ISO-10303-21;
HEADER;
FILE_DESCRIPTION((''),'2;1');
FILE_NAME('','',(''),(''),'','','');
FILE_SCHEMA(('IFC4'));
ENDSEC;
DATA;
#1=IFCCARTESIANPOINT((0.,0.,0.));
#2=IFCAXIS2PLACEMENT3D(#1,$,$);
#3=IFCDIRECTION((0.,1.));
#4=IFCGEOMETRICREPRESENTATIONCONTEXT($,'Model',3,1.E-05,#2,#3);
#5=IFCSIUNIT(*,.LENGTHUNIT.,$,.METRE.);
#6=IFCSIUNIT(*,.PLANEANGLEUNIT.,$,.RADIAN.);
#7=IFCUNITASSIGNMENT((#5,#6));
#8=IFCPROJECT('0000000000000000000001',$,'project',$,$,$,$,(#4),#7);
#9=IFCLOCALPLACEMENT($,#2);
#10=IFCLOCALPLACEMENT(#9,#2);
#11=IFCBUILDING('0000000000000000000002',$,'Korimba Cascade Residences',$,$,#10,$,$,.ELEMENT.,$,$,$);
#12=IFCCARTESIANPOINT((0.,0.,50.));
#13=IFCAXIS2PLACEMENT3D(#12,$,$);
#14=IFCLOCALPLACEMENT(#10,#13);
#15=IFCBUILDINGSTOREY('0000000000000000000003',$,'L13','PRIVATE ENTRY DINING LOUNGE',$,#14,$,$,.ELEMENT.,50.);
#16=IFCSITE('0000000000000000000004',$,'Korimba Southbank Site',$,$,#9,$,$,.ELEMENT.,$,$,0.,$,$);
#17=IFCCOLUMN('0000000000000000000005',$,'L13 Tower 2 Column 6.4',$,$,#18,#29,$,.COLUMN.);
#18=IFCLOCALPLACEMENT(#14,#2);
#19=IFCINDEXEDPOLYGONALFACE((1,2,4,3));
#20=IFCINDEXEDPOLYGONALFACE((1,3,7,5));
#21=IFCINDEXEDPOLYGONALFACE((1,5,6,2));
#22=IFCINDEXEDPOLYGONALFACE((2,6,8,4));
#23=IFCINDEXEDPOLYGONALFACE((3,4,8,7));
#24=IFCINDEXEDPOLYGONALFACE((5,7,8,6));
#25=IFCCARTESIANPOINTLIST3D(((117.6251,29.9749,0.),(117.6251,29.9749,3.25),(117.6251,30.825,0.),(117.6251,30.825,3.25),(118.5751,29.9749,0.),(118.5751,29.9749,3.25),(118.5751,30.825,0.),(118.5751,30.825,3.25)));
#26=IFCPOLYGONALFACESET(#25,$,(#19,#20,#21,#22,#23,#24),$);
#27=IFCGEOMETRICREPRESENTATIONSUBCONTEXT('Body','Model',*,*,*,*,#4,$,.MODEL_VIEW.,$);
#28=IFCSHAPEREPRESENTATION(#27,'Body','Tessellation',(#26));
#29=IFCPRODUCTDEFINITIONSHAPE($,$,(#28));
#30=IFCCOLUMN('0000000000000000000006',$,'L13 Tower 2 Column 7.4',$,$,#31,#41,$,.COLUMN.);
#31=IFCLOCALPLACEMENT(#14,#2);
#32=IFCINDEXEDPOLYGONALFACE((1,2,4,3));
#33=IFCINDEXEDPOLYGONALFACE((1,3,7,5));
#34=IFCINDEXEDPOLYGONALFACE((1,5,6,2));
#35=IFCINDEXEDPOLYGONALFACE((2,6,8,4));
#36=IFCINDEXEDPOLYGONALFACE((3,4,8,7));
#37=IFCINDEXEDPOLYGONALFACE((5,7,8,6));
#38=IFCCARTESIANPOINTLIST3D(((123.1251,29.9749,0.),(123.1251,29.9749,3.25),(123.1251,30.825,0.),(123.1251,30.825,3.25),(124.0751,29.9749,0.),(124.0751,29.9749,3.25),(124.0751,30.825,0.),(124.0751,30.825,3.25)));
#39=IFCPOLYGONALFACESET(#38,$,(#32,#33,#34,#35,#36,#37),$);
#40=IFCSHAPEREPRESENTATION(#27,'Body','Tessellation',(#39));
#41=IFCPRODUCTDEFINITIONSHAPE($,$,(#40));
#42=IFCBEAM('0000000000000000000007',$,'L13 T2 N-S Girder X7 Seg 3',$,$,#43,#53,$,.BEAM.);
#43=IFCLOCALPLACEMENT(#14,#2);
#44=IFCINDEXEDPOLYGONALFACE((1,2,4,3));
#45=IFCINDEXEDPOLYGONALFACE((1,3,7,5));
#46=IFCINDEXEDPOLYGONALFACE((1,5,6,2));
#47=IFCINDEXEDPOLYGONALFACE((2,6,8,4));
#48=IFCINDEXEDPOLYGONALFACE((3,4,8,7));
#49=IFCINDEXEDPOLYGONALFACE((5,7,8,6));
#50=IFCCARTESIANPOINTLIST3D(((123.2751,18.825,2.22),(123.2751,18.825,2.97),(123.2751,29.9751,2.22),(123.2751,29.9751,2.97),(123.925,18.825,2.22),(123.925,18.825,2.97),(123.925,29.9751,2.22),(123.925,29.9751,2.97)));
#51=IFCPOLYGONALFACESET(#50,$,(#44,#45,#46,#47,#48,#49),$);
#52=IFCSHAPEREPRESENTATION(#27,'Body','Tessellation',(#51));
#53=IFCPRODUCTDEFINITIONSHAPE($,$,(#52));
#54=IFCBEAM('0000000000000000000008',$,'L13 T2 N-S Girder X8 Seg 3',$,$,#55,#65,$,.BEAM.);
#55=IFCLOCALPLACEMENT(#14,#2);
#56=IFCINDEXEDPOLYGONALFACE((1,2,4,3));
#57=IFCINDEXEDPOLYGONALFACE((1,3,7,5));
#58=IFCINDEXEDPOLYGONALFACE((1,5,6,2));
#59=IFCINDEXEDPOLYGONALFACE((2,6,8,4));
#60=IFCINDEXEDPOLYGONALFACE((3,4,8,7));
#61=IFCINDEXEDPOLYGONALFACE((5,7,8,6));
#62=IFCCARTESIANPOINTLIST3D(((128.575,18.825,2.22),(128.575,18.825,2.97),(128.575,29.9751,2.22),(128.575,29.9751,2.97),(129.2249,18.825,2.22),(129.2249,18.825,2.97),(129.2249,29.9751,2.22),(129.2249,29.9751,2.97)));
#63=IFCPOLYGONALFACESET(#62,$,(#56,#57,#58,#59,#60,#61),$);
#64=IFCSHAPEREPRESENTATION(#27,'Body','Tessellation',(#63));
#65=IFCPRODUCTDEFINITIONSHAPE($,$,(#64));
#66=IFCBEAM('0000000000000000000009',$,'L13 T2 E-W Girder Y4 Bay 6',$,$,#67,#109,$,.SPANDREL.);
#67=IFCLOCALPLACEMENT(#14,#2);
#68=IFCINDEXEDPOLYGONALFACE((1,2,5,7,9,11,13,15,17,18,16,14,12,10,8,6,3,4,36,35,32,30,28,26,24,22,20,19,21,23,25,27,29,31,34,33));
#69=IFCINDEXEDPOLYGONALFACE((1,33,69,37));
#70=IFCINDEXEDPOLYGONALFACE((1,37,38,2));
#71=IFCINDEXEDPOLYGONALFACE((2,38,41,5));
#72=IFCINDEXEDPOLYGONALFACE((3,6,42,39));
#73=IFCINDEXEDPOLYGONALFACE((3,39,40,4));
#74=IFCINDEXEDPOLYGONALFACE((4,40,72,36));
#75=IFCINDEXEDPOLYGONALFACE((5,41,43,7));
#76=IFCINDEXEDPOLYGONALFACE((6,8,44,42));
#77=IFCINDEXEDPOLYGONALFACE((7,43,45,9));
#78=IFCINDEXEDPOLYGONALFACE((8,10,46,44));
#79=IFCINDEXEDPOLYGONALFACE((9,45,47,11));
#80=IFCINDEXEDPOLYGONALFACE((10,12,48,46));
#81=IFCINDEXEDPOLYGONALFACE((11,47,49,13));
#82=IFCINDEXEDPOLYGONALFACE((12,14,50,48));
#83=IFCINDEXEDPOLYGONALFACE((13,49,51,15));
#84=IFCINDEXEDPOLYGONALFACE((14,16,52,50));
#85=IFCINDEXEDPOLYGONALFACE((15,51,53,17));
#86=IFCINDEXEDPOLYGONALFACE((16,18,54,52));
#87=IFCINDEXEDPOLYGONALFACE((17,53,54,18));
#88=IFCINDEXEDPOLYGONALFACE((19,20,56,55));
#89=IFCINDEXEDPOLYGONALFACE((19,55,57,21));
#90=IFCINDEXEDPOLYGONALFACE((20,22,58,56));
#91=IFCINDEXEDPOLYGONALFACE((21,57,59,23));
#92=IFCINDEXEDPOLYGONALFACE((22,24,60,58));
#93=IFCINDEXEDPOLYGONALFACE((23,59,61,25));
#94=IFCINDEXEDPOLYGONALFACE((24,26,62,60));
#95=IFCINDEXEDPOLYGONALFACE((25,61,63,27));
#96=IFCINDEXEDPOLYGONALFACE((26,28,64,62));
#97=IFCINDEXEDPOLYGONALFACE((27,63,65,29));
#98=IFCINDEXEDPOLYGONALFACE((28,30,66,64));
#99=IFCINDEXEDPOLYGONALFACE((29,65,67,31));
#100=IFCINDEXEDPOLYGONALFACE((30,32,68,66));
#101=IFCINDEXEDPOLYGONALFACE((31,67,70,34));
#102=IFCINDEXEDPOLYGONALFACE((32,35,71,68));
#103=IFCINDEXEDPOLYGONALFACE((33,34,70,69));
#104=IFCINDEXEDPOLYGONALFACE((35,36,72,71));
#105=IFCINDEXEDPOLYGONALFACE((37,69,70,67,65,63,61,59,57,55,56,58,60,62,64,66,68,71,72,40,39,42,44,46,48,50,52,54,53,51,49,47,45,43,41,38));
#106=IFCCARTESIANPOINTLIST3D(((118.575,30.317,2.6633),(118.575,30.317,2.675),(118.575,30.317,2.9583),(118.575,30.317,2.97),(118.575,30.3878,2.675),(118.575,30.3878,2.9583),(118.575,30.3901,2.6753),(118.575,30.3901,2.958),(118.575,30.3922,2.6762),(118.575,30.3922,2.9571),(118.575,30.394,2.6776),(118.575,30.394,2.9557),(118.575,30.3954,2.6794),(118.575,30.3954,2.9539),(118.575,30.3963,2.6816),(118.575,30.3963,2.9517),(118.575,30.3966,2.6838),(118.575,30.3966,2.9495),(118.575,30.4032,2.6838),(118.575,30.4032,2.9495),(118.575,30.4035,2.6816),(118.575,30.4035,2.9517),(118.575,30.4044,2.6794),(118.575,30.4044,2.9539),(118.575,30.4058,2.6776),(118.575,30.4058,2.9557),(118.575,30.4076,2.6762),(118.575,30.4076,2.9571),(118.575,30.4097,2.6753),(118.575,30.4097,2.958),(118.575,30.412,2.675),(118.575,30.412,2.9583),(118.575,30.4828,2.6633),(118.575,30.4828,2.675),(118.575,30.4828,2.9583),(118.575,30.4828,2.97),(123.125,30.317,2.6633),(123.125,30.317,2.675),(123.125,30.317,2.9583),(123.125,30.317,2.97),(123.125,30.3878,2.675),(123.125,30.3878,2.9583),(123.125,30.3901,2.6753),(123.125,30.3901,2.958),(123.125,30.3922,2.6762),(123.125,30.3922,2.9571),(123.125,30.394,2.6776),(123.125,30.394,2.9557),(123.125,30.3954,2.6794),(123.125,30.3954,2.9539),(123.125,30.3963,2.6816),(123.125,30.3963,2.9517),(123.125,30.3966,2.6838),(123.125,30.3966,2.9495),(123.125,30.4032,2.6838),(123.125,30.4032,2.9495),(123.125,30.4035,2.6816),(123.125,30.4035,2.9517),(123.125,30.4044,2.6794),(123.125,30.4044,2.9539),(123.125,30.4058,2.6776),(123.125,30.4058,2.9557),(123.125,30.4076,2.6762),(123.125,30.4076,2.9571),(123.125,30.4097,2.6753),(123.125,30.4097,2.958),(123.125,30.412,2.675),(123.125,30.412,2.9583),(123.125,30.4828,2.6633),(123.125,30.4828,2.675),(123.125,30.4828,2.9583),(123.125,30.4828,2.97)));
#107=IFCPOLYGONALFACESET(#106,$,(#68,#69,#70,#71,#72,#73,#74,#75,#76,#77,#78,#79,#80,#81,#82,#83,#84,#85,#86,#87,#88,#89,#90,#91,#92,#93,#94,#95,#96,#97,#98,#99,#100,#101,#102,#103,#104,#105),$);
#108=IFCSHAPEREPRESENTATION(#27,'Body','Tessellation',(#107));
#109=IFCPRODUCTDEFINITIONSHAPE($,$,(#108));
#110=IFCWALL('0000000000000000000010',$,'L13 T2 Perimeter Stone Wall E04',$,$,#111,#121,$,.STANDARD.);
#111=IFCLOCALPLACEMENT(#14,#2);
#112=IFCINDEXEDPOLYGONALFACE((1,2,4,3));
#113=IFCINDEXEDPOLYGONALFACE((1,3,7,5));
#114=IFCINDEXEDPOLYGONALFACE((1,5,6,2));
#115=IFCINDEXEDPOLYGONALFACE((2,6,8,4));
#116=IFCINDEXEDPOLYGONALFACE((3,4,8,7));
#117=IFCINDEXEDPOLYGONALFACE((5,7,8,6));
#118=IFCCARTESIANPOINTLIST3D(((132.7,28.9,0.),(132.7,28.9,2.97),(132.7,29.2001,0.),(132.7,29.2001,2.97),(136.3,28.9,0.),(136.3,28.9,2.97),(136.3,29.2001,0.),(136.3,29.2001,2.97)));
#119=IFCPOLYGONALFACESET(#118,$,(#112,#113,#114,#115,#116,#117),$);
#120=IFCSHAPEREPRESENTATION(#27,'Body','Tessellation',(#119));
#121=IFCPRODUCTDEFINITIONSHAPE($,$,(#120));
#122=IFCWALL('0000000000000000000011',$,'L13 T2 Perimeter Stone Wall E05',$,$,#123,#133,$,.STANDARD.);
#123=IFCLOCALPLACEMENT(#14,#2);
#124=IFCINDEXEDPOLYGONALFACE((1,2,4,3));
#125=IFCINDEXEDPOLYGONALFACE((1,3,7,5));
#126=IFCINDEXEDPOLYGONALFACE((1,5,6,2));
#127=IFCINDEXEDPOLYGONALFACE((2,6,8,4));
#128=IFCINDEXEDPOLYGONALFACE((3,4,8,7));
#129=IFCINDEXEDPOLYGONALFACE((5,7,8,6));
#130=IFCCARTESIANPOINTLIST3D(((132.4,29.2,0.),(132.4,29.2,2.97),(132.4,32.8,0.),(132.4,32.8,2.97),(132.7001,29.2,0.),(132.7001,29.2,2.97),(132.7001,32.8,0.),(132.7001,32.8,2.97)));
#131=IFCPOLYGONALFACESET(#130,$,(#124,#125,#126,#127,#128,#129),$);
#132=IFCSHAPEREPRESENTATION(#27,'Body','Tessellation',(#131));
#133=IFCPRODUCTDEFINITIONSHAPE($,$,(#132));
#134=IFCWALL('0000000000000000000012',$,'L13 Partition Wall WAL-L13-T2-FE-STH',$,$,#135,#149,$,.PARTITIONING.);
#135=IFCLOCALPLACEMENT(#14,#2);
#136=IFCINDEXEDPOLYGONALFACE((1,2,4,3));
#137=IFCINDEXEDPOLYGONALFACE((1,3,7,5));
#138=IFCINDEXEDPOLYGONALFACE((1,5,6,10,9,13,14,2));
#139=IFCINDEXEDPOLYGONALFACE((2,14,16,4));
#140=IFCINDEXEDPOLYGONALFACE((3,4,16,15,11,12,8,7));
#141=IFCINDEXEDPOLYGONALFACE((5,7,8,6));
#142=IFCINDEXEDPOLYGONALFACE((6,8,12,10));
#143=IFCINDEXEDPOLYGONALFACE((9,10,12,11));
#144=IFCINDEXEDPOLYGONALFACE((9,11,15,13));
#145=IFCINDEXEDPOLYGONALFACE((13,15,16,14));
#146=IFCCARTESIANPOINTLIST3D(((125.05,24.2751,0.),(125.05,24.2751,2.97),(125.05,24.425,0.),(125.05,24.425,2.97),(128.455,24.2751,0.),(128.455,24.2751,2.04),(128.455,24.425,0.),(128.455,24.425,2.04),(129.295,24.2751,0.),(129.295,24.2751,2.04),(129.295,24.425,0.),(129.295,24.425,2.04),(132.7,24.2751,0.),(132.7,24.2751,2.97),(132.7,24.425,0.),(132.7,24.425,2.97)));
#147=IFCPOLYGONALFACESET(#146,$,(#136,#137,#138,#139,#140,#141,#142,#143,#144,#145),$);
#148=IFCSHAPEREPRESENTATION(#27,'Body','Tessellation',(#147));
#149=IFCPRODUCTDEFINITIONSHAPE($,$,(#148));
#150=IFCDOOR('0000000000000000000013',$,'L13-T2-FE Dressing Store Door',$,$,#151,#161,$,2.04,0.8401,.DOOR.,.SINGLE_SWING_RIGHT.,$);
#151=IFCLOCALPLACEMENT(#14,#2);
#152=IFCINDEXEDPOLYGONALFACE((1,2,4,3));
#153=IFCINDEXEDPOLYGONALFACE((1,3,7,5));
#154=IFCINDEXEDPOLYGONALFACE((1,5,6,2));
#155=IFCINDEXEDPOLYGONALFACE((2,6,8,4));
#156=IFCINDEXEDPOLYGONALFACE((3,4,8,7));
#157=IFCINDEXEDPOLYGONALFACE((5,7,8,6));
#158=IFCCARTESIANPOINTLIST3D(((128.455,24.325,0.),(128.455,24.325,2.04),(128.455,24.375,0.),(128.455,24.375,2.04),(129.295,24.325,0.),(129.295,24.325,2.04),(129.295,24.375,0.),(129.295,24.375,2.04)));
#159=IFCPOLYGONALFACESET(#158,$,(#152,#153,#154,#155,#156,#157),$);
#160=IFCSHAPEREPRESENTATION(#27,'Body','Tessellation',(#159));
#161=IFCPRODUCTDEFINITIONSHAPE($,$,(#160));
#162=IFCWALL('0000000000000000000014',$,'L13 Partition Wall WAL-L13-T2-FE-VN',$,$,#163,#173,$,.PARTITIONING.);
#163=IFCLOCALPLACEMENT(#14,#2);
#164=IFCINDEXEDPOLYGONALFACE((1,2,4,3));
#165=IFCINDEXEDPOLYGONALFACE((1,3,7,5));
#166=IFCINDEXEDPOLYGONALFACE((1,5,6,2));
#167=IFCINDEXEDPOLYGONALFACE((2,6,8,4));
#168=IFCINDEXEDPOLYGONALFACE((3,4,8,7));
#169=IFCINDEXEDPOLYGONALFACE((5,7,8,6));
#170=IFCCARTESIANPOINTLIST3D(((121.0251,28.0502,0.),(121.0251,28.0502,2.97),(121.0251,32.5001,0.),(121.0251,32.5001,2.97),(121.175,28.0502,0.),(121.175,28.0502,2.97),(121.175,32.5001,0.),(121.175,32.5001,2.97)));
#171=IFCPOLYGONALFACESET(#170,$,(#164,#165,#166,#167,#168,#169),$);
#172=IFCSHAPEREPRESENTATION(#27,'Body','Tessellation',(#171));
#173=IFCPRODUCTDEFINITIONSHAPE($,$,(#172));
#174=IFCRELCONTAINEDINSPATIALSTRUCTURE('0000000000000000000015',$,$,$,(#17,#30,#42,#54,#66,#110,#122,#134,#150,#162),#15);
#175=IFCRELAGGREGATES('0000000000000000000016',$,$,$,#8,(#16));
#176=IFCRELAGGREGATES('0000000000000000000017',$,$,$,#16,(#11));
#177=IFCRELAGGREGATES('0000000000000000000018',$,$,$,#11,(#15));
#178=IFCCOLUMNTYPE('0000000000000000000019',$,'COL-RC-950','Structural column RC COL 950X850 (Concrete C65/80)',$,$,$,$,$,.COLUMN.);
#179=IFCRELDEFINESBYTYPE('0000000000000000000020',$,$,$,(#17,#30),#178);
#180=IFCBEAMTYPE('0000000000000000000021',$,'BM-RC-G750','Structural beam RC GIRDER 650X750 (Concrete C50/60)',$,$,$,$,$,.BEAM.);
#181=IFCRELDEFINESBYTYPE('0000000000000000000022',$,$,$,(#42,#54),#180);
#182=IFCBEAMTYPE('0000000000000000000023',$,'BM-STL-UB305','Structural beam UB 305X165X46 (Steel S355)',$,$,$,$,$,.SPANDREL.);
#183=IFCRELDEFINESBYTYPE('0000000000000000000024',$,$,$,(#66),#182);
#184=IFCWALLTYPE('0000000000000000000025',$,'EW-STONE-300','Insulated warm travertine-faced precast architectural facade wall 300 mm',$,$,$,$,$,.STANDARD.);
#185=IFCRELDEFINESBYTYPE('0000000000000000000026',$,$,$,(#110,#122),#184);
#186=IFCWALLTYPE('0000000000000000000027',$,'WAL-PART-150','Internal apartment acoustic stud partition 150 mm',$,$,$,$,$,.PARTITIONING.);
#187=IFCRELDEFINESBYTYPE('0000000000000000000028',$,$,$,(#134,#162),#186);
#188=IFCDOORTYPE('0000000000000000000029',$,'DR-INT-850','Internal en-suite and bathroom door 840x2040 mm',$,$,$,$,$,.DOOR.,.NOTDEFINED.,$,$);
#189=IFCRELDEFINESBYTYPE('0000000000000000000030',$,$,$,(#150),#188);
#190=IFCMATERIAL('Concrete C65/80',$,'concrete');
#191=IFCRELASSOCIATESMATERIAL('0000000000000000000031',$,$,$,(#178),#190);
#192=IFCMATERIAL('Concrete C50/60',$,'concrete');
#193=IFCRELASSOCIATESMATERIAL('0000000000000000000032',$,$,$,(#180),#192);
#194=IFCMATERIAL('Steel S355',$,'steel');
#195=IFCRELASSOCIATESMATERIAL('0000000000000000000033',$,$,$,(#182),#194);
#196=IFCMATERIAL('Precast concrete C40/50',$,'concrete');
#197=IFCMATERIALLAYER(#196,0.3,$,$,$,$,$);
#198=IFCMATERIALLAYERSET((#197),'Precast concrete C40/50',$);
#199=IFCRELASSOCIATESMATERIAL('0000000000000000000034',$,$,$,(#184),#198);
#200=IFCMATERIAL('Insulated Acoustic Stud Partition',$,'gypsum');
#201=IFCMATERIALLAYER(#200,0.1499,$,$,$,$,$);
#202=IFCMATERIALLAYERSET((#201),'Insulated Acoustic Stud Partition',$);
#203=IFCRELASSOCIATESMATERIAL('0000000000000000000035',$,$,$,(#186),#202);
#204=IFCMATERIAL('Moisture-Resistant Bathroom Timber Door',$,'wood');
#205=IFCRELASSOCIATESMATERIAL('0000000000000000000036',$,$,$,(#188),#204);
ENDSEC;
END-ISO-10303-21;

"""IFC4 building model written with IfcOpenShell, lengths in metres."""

from ifc_helpers import new_model, si_unit, direction, frame, frame_2d, origin, origin_2d, place, context, subcontext, project, spatial, rectangle, i_section, extrude, material, layer, layer_set, material_profile, profile_set, type_object, element, fill, save


model = new_model("IFC4")

# Units and contexts
model_context = context("Model", 3, precision=1e-05, world=origin(), true_north=direction((0.0, 1.0)))
body_context = subcontext(model_context, "Body", "Model", "MODEL_VIEW")
ifc_project = project(units=[si_unit("LENGTHUNIT", "METRE"), si_unit("PLANEANGLEUNIT", "RADIAN")], contexts=[model_context])

# Site, building, storey
site_placement = place(None, origin())
site = spatial("IfcSite", under=ifc_project, at=site_placement, Name="Korimba Southbank Site", CompositionType="ELEMENT", RefElevation=0.0)
building_placement = place(site_placement, origin())
building = spatial("IfcBuilding", under=site, at=building_placement, Name="Korimba Cascade Residences", CompositionType="ELEMENT")
storey_placement = place(building_placement, frame((0.0, 0.0, 50.0)))
storey = spatial("IfcBuildingStorey", under=building, at=storey_placement, Name="L13", Description="PRIVATE ENTRY DINING LOUNGE", CompositionType="ELEMENT", Elevation=50.0)

# Columns
ifc_material_1 = material(Name="Concrete C65/80", Category="concrete")
ifc_material_profile_1 = material_profile(ifc_material_1, rectangle(XDim=0.95, YDim=0.8501, at=origin_2d()), Name="Concrete C65/80")
ifc_profile_set_1 = profile_set([ifc_material_profile_1], Name="Concrete C65/80")
column_type = type_object("IfcColumnType", Name="COL-RC-950", Description="Structural column RC COL 950X850 (Concrete C65/80)", PredefinedType="COLUMN", material=ifc_profile_set_1)
for number, where, z_axis, x_axis, name in (
    (1, (118.1001, 30.3999, 0.0), (0.0, 0.0, 1.0), (1.0, 0.0, 0.0), "L13 Tower 2 Column 6.4"),
    (2, (123.6001, 30.3999, 0.0), (0.0, 0.0, 1.0), (1.0, 0.0, 0.0), "L13 Tower 2 Column 7.4"),
):
    element("IfcColumn", number, at=place(storey_placement, frame(where, z_axis=z_axis, x_axis=x_axis)), inside=storey, type_object=column_type, Name=name, PredefinedType="COLUMN", context=body_context, shape_type="SweptSolid", body=[
        extrude(rectangle(XDim=0.95, YDim=0.8501, at=origin_2d()), origin(), (0.0, 0.0, 1.0), 3.25),
    ])

# Beams
ifc_material_2 = material(Name="Concrete C50/60", Category="concrete")
ifc_material_profile_2 = material_profile(ifc_material_2, rectangle(XDim=0.6499, YDim=0.75, at=origin_2d()), Name="Concrete C50/60")
ifc_profile_set_2 = profile_set([ifc_material_profile_2], Name="Concrete C50/60")
beam_type_1 = type_object("IfcBeamType", Name="BM-RC-G750", Description="Structural beam RC GIRDER 650X750 (Concrete C50/60)", PredefinedType="BEAM", material=ifc_profile_set_2)
for number, where, z_axis, x_axis, name in (
    (3, (123.6001, 18.825, 2.595), (0.0, 1.0, 0.0), (-1.0, 0.0, 0.0), "L13 T2 N-S Girder X7 Seg 3"),
    (4, (128.8999, 18.825, 2.595), (0.0, 1.0, 0.0), (-1.0, 0.0, 0.0), "L13 T2 N-S Girder X8 Seg 3"),
):
    element("IfcBeam", number, at=place(storey_placement, frame(where, z_axis=z_axis, x_axis=x_axis)), inside=storey, type_object=beam_type_1, Name=name, PredefinedType="BEAM", context=body_context, shape_type="SweptSolid", body=[
        extrude(rectangle(XDim=0.6499, YDim=0.75, at=origin_2d()), origin(), (0.0, 0.0, 1.0), 11.1501),
    ])
ifc_material_3 = material(Name="Steel S355", Category="steel")
ifc_material_profile_3 = material_profile(ifc_material_3, i_section(OverallWidth=0.1658, OverallDepth=0.3066, WebThickness=0.0066, FlangeThickness=0.0117, FilletRadius=0.0088, at=origin_2d()), Name="Steel S355")
ifc_profile_set_3 = profile_set([ifc_material_profile_3], Name="Steel S355")
beam_type_2 = type_object("IfcBeamType", Name="BM-STL-UB305", Description="Structural beam UB 305X165X46 (Steel S355)", PredefinedType="SPANDREL", material=ifc_profile_set_3)
beam_placement = place(storey_placement, frame((118.575, 30.3999, 2.8167), z_axis=(1.0, 0.0, 0.0), x_axis=(0.0, 1.0, 0.0)))
element("IfcBeam", 5, at=beam_placement, inside=storey, type_object=beam_type_2, Name="L13 T2 E-W Girder Y4 Bay 6", PredefinedType="SPANDREL", context=body_context, shape_type="SweptSolid", body=[
    extrude(i_section(OverallWidth=0.1658, OverallDepth=0.3066, WebThickness=0.0066, FlangeThickness=0.0117, FilletRadius=0.0088, at=origin_2d()), origin(), (0.0, 0.0, 1.0), 4.55),
])

# Walls
ifc_material_4 = material(Name="Precast concrete C40/50", Category="concrete")
ifc_layer_1 = layer(ifc_material_4, 0.3)
ifc_layer_set_1 = layer_set([ifc_layer_1], Name="Precast concrete C40/50")
wall_type_1 = type_object("IfcWallType", Name="EW-STONE-300", Description="Insulated warm travertine-faced precast architectural facade wall 300 mm", PredefinedType="STANDARD", material=ifc_layer_set_1)
for number, where, z_axis, x_axis, name in (
    (6, (136.3, 29.05, 0.0), (0.0, 0.0, 1.0), (-1.0, 0.0, 0.0), "L13 T2 Perimeter Stone Wall E04"),
    (7, (132.55, 29.2, 0.0), (0.0, 0.0, 1.0), (0.0, 1.0, 0.0), "L13 T2 Perimeter Stone Wall E05"),
):
    element("IfcWall", number, at=place(storey_placement, frame(where, z_axis=z_axis, x_axis=x_axis)), inside=storey, type_object=wall_type_1, Name=name, PredefinedType="STANDARD", context=body_context, shape_type="SweptSolid", body=[
        extrude(rectangle(XDim=3.6001, YDim=0.3, at=frame_2d((1.8, 0.0))), origin(), (0.0, 0.0, 1.0), 2.97),
    ])

# Wall, opening, door
ifc_material_5 = material(Name="Insulated Acoustic Stud Partition", Category="gypsum")
ifc_layer_2 = layer(ifc_material_5, 0.1499)
ifc_layer_set_2 = layer_set([ifc_layer_2], Name="Insulated Acoustic Stud Partition")
wall_type_2 = type_object("IfcWallType", Name="WAL-PART-150", Description="Internal apartment acoustic stud partition 150 mm", PredefinedType="PARTITIONING", material=ifc_layer_set_2)
wall_1_placement = place(storey_placement, frame((125.05, 24.3501, 0.0), z_axis=(0.0, 0.0, 1.0), x_axis=(1.0, 0.0, 0.0)))
wall_1 = element("IfcWall", 8, at=wall_1_placement, inside=storey, type_object=wall_type_2, Name="L13 Partition Wall WAL-L13-T2-FE-STH", PredefinedType="PARTITIONING", context=body_context, shape_type="SweptSolid", body=[
    extrude(rectangle(XDim=7.6499, YDim=0.1499, at=frame_2d((3.825, 0.0))), origin(), (0.0, 0.0, 1.0), 2.97),
])
opening_1_placement = place(wall_1_placement, frame((3.405, 0.0, 0.0)))
opening_1 = element("IfcOpeningElement", 9, at=opening_1_placement, cuts=wall_1, PredefinedType="OPENING", context=body_context, shape_type="SweptSolid", body=[
    extrude(rectangle(XDim=0.8401, YDim=2.04, at=frame_2d((0.4199, 1.02))), frame((0.0, 0.085, 0.0), z_axis=(0.0, -1.0, 0.0), x_axis=(1.0, 0.0, 0.0)), (0.0, 0.0, 1.0), 0.1699),
])
ifc_material_6 = material(Name="Moisture-Resistant Bathroom Timber Door", Category="wood")
door_type_1 = type_object("IfcDoorType", Name="DR-INT-850", Description="Internal en-suite and bathroom door 840x2040 mm", OperationType="NOTDEFINED", PredefinedType="DOOR", material=ifc_material_6)
door_1_placement = place(opening_1_placement, origin())
door_1 = element("IfcDoor", 10, at=door_1_placement, inside=storey, type_object=door_type_1, Name="L13-T2-FE Dressing Store Door", OperationType="SINGLE_SWING_RIGHT", OverallHeight=2.04, OverallWidth=0.8401, PredefinedType="DOOR", context=body_context, shape_type="SweptSolid", body=[
    extrude(rectangle(XDim=0.8401, YDim=2.04, at=frame_2d((0.4199, 1.02))), frame((0.0, 0.0249, 0.0), z_axis=(0.0, -1.0, 0.0), x_axis=(1.0, 0.0, 0.0)), (0.0, 0.0, 1.0), 0.05),
])
fill(opening_1, door_1)

# Wall
wall_2_placement = place(storey_placement, frame((121.1001, 28.05, 0.0), z_axis=(0.0, 0.0, 1.0), x_axis=(0.0, 1.0, 0.0)))
element("IfcWall", 11, at=wall_2_placement, inside=storey, type_object=wall_type_2, Name="L13 Partition Wall WAL-L13-T2-FE-VN", PredefinedType="PARTITIONING", context=body_context, shape_type="SweptSolid", body=[
    extrude(rectangle(XDim=4.45, YDim=0.1499, at=frame_2d((2.2251, 0.0))), origin(), (0.0, 0.0, 1.0), 2.97),
])

save(model, "model.ifc")
